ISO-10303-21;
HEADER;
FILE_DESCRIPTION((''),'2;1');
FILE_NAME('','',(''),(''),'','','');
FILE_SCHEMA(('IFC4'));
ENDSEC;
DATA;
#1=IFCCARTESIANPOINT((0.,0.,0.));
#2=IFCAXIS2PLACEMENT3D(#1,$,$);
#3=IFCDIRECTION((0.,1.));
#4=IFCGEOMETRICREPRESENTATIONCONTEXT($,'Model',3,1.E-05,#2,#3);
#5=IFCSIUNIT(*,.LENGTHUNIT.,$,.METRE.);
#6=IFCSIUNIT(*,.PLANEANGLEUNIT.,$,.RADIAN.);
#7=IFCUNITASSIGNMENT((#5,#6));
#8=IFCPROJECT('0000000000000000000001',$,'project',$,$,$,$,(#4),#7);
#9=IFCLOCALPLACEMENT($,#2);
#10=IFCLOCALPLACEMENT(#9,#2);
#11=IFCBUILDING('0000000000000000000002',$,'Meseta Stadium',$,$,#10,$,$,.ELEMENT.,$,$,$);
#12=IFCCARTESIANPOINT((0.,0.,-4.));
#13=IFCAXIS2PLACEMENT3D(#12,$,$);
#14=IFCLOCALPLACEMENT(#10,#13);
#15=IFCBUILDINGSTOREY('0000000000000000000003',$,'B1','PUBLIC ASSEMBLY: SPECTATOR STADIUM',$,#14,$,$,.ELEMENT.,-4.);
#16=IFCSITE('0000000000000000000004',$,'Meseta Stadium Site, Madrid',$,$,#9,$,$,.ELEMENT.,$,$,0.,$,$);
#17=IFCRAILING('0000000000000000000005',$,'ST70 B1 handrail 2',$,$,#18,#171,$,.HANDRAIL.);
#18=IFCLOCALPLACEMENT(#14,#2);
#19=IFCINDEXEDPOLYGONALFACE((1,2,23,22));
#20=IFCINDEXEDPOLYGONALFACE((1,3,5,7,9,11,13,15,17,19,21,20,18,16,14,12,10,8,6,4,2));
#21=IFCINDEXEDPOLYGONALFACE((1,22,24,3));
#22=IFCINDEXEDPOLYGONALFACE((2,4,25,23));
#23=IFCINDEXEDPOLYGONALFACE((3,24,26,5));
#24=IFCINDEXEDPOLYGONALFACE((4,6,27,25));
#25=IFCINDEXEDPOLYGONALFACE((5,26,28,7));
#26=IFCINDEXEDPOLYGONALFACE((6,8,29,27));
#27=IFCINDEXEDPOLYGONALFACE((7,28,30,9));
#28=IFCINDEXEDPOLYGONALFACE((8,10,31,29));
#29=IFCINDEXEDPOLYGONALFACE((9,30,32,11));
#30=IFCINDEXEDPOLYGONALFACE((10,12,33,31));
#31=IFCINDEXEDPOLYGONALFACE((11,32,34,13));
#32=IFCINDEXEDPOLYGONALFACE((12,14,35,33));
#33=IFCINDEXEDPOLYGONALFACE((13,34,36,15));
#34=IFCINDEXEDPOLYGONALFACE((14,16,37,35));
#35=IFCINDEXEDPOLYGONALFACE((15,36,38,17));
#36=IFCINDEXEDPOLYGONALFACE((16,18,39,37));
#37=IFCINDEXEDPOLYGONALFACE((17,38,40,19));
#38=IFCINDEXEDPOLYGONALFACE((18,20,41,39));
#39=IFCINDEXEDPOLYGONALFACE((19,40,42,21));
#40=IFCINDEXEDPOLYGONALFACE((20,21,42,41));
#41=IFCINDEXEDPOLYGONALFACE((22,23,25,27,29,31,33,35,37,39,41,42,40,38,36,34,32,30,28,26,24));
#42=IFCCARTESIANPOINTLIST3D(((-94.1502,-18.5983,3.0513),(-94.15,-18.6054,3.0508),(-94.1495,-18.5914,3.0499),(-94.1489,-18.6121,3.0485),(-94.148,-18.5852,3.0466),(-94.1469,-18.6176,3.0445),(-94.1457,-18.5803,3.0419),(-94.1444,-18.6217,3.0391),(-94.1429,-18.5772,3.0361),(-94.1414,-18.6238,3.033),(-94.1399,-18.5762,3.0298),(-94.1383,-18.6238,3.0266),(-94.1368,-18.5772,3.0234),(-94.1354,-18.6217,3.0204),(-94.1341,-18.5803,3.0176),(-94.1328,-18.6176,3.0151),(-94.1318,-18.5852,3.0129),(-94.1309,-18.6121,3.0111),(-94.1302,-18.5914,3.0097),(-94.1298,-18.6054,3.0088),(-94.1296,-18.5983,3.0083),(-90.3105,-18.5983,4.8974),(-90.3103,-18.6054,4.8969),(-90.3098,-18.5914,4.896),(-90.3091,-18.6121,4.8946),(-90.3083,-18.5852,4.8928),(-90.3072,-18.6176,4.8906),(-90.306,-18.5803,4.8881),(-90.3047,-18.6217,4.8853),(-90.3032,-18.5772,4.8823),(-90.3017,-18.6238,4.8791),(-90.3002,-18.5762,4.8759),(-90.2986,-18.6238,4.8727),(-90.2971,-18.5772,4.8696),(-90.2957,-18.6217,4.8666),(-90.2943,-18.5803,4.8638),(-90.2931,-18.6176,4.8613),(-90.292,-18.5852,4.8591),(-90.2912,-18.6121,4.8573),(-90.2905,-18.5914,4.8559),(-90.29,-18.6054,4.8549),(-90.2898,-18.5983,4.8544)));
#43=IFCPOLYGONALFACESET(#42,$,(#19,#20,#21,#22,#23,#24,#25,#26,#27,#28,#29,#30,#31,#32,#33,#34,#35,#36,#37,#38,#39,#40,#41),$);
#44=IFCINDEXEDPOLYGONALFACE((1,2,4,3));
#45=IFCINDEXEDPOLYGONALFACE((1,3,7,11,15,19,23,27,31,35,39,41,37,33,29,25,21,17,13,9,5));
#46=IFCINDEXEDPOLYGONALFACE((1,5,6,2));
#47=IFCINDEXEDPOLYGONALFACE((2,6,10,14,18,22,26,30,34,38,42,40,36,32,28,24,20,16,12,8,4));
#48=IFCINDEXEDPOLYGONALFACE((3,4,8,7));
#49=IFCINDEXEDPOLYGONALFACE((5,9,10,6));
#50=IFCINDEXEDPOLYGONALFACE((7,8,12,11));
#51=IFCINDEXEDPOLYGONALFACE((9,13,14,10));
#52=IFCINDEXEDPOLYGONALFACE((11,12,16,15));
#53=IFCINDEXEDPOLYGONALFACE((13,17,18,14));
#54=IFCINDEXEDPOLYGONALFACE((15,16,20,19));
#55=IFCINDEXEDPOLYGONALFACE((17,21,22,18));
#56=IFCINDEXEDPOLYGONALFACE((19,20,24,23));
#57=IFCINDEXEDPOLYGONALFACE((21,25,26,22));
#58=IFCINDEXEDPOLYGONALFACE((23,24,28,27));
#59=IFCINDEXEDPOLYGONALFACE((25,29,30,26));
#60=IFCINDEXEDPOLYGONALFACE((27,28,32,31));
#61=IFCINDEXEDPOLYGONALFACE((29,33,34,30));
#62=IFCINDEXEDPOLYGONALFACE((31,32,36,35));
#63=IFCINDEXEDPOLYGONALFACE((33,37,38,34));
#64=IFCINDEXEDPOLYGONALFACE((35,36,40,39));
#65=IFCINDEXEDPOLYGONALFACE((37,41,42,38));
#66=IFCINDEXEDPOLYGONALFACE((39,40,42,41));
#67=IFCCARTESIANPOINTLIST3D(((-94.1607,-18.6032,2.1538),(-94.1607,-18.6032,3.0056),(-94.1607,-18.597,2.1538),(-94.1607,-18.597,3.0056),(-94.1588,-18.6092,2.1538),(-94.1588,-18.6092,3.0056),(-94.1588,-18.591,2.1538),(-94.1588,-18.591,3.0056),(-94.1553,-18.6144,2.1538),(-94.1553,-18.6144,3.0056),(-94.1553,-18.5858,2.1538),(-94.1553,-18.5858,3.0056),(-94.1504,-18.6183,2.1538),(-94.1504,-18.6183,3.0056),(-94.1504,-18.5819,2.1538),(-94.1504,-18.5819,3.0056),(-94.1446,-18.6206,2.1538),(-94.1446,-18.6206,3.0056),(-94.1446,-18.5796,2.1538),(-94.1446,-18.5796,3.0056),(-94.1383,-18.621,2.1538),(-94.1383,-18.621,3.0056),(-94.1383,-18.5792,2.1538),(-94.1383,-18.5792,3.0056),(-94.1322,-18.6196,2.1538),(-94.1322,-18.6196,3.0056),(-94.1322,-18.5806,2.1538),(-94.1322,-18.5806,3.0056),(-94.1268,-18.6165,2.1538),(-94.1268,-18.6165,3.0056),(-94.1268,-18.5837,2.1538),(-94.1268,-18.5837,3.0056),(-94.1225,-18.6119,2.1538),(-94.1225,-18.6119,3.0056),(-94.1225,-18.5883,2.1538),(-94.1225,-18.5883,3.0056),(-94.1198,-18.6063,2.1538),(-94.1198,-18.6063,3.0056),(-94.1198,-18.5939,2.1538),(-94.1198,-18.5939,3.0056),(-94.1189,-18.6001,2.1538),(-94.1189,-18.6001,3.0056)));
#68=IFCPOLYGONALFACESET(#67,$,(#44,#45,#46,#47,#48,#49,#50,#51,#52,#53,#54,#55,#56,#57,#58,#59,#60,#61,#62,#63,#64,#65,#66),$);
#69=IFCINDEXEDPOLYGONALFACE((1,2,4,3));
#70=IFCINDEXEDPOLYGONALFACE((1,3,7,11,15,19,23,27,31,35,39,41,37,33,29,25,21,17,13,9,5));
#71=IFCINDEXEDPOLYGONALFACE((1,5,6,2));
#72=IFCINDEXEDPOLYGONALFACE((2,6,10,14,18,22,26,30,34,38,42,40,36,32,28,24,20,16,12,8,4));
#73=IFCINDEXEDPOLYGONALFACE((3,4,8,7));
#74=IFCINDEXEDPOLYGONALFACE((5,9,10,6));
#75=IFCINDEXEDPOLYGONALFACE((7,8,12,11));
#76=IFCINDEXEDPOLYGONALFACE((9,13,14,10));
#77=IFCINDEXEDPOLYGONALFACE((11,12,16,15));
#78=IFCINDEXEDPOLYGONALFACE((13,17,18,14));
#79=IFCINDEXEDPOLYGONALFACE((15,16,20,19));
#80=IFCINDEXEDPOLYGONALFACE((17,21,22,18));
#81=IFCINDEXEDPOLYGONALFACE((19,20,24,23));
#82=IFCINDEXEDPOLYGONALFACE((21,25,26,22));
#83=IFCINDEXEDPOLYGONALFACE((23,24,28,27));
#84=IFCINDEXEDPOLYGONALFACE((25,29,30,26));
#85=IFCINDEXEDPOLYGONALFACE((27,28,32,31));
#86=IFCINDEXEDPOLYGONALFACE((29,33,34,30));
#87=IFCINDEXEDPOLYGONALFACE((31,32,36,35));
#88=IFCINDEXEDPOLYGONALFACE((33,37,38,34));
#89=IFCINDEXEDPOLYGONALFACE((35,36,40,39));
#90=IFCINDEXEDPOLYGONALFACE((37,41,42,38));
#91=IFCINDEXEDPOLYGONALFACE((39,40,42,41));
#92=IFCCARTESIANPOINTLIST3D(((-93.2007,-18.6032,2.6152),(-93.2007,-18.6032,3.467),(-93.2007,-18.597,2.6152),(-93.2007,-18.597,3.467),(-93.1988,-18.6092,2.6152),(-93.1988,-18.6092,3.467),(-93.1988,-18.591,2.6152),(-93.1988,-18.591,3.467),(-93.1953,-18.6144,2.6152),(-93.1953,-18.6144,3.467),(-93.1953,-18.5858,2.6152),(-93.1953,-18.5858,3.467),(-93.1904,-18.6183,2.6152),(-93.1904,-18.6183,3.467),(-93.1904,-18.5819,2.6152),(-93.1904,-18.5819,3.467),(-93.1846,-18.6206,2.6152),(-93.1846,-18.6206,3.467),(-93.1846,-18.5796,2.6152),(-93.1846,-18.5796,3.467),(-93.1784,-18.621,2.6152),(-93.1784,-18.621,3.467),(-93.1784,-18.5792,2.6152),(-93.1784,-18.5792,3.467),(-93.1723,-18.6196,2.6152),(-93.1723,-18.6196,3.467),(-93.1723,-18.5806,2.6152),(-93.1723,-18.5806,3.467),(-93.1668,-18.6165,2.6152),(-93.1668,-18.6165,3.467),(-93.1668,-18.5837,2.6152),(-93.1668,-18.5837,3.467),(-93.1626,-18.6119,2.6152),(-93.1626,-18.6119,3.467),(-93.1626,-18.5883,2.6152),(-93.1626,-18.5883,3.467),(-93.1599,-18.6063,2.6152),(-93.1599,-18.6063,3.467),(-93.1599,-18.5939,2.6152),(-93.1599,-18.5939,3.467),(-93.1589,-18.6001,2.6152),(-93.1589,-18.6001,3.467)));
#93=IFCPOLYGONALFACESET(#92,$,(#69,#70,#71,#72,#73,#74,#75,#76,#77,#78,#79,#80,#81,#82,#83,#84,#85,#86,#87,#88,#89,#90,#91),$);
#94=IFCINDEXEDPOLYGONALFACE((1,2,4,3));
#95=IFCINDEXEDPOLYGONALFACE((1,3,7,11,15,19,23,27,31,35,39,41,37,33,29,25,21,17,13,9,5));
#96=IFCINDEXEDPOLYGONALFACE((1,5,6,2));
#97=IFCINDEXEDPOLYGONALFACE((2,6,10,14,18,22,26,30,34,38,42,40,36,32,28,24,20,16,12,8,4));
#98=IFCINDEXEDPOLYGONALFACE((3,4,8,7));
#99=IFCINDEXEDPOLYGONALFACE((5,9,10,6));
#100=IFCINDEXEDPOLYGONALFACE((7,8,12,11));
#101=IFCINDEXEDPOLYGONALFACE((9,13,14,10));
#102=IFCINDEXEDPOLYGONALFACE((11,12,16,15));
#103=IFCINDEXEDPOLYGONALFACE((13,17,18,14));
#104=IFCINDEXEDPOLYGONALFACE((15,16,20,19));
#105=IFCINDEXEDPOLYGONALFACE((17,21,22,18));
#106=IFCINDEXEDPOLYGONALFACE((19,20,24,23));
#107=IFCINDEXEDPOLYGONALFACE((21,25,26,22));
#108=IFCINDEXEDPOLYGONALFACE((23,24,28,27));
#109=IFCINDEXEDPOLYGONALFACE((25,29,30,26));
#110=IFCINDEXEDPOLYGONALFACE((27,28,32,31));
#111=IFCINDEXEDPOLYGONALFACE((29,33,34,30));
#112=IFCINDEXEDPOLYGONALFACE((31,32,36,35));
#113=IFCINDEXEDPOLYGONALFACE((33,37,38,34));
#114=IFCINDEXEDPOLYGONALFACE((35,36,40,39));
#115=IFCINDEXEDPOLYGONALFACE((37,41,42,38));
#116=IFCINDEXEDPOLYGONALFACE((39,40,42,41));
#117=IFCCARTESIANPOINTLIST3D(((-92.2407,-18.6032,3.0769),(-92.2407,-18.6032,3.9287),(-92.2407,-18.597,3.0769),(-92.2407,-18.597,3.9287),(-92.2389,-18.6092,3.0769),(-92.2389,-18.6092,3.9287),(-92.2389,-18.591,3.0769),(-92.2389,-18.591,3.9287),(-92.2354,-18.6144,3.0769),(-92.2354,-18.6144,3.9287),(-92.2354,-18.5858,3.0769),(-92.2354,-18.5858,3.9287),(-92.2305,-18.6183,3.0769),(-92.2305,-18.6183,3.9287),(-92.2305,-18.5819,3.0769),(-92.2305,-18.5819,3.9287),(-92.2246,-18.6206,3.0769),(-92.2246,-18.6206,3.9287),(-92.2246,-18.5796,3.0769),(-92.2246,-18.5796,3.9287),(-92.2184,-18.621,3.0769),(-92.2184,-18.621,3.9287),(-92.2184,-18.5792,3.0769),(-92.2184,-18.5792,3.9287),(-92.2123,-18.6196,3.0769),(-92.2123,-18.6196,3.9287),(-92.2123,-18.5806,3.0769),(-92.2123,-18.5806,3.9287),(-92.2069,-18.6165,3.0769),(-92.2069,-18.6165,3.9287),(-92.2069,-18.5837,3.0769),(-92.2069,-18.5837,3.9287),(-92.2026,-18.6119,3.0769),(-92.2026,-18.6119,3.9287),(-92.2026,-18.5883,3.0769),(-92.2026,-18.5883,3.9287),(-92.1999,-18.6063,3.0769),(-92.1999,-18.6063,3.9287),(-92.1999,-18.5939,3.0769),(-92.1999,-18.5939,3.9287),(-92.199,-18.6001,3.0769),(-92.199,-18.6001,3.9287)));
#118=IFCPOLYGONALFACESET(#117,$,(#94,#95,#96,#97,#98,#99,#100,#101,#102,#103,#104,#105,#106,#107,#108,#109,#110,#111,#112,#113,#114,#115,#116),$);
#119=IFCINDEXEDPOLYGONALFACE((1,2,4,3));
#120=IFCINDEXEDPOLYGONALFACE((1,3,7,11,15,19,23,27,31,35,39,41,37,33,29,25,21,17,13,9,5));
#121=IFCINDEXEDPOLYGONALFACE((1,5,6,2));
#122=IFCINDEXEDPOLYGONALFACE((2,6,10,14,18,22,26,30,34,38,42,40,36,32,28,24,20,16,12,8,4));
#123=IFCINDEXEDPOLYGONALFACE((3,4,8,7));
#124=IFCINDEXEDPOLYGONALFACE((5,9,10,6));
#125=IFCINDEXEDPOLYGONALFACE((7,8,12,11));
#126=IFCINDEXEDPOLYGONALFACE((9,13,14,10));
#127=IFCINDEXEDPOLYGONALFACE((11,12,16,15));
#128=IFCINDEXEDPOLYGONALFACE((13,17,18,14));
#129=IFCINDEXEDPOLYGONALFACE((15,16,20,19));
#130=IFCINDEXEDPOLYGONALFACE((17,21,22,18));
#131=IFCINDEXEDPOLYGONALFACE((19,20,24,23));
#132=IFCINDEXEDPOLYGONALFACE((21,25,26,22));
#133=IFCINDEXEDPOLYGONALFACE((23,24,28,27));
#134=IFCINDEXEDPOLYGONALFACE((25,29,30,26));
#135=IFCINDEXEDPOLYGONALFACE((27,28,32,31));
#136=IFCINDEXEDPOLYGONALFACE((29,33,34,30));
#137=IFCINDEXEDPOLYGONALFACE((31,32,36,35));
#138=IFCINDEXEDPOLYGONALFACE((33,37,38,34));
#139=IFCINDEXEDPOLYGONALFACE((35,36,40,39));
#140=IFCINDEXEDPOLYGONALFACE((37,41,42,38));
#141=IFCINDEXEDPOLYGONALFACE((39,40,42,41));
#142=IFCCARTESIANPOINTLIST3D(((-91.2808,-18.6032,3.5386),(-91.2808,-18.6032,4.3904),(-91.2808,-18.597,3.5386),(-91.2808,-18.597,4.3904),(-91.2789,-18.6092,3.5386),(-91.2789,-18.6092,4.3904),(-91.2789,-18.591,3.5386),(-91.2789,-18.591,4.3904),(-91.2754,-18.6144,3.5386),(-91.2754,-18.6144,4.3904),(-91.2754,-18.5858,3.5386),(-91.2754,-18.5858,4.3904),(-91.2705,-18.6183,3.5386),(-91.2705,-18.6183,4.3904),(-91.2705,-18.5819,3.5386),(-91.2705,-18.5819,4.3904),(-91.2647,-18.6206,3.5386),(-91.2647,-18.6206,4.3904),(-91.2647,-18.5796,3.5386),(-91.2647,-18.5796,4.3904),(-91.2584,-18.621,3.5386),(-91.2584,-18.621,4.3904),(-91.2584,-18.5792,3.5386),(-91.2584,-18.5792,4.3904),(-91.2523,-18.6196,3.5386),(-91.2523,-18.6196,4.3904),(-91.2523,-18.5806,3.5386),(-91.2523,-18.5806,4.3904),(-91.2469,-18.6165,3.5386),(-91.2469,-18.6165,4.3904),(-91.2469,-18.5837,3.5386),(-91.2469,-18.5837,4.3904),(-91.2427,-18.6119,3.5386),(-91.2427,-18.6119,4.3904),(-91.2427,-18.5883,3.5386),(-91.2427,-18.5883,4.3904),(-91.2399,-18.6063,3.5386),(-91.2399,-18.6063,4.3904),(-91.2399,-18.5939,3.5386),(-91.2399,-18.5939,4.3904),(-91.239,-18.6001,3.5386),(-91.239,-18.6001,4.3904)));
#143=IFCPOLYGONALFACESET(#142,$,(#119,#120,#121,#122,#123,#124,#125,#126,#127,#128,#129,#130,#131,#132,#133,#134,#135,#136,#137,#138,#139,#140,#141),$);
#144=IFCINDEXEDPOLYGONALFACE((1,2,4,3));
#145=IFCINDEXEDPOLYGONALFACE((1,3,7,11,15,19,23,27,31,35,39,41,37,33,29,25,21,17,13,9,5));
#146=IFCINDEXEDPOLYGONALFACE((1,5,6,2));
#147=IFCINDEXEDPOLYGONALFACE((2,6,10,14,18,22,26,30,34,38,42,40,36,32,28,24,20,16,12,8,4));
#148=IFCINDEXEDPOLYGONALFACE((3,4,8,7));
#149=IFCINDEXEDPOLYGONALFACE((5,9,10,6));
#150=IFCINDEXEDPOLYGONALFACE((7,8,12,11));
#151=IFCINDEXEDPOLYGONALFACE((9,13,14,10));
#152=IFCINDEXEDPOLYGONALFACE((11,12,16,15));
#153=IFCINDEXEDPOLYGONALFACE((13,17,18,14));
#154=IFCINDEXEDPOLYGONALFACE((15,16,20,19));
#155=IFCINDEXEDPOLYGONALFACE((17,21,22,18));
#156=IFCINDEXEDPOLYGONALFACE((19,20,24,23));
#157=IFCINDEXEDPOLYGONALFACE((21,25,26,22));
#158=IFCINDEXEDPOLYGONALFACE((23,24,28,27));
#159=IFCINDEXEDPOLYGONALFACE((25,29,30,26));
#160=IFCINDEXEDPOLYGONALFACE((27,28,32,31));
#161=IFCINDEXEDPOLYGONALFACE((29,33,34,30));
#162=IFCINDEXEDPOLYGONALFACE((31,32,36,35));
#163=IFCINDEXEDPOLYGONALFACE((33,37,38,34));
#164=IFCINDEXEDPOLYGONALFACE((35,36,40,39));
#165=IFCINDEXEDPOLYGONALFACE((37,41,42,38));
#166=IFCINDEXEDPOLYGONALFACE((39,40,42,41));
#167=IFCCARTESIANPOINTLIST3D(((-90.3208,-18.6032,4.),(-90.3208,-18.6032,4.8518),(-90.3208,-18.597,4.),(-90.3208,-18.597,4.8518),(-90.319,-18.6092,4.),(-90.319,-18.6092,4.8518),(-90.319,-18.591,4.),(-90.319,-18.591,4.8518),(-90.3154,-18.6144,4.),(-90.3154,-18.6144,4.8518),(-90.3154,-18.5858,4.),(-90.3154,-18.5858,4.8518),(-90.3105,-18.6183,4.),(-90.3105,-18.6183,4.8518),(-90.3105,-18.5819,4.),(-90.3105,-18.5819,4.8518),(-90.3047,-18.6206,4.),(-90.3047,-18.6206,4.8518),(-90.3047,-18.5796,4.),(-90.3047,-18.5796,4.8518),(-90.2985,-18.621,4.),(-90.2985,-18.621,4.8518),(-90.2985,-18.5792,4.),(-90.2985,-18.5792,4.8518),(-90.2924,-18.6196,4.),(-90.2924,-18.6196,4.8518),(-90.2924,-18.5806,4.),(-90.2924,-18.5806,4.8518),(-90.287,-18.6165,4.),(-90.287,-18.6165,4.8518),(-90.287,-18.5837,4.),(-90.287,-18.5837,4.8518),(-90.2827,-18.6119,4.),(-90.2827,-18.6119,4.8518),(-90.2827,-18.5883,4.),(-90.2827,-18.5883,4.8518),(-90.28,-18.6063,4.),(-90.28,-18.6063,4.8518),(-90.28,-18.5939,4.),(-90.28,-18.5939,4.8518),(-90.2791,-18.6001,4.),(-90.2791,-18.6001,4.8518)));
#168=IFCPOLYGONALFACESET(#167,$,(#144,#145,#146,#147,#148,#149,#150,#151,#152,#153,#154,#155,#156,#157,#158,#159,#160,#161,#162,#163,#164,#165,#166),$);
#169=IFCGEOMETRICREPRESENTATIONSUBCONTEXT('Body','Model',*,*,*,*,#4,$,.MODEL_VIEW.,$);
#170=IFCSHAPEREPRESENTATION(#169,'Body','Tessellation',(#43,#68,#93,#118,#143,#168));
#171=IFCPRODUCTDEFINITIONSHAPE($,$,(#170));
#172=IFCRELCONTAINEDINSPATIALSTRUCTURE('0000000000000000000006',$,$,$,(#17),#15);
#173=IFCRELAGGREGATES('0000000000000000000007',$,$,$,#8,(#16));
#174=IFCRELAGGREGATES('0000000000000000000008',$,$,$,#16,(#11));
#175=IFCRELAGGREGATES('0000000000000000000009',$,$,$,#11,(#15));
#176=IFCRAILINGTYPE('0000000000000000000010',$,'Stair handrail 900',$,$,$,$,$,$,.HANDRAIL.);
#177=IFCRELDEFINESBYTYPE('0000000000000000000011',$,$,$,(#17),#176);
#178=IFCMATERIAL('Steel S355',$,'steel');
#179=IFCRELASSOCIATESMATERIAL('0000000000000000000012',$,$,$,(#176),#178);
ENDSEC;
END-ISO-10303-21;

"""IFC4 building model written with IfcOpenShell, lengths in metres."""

from ifc_helpers import new_model, si_unit, direction, frame, origin, origin_2d, place, context, subcontext, project, spatial, circle, extrude, material, type_object, element, save


model = new_model("IFC4")

# Units and contexts
model_context = context("Model", 3, precision=1e-05, world=origin(), true_north=direction((0.0, 1.0)))
body_context = subcontext(model_context, "Body", "Model", "MODEL_VIEW")
ifc_project = project(units=[si_unit("LENGTHUNIT", "METRE"), si_unit("PLANEANGLEUNIT", "RADIAN")], contexts=[model_context])

# Site, building, storey
site_placement = place(None, origin())
site = spatial("IfcSite", under=ifc_project, at=site_placement, Name="Meseta Stadium Site, Madrid", CompositionType="ELEMENT", RefElevation=0.0)
building_placement = place(site_placement, origin())
building = spatial("IfcBuilding", under=site, at=building_placement, Name="Meseta Stadium", CompositionType="ELEMENT")
storey_placement = place(building_placement, frame((0.0, 0.0, -4.0)))
storey = spatial("IfcBuildingStorey", under=building, at=storey_placement, Name="B1", Description="PUBLIC ASSEMBLY: SPECTATOR STADIUM", CompositionType="ELEMENT", Elevation=-4.0)

# Railing
ifc_material_1 = material(Name="Steel S355", Category="steel")
railing_type_1 = type_object("IfcRailingType", Name="Stair handrail 900", PredefinedType="HANDRAIL", material=ifc_material_1)
railing_1_placement = place(storey_placement, frame((-94.1399, -18.6001, 2.1538)))
element("IfcRailing", 1, at=railing_1_placement, inside=storey, type_object=railing_type_1, Name="ST70 B1 handrail 2", PredefinedType="HANDRAIL", context=body_context, shape_type="SweptSolid", body=[
    extrude(circle(Radius=0.0239, at=origin_2d()), frame((0.0, 0.0, 0.876), z_axis=(0.901242, 0.0, 0.433316), x_axis=(0.0, 1.0, 0.0)), (0.0, 0.0, 1.0), 4.2605),
    extrude(circle(Radius=0.021, at=origin_2d()), origin(), (0.0, 0.0, 1.0), 0.8518),
    extrude(circle(Radius=0.021, at=origin_2d()), frame((0.96, 0.0, 0.4614)), (0.0, 0.0, 1.0), 0.8518),
    extrude(circle(Radius=0.021, at=origin_2d()), frame((1.9199, 0.0, 0.9231)), (0.0, 0.0, 1.0), 0.8518),
    extrude(circle(Radius=0.021, at=origin_2d()), frame((2.8799, 0.0, 1.3848)), (0.0, 0.0, 1.0), 0.8518),
    extrude(circle(Radius=0.021, at=origin_2d()), frame((3.8398, 0.0, 1.8462)), (0.0, 0.0, 1.0), 0.8518),
])

save(model, "model.ifc")
